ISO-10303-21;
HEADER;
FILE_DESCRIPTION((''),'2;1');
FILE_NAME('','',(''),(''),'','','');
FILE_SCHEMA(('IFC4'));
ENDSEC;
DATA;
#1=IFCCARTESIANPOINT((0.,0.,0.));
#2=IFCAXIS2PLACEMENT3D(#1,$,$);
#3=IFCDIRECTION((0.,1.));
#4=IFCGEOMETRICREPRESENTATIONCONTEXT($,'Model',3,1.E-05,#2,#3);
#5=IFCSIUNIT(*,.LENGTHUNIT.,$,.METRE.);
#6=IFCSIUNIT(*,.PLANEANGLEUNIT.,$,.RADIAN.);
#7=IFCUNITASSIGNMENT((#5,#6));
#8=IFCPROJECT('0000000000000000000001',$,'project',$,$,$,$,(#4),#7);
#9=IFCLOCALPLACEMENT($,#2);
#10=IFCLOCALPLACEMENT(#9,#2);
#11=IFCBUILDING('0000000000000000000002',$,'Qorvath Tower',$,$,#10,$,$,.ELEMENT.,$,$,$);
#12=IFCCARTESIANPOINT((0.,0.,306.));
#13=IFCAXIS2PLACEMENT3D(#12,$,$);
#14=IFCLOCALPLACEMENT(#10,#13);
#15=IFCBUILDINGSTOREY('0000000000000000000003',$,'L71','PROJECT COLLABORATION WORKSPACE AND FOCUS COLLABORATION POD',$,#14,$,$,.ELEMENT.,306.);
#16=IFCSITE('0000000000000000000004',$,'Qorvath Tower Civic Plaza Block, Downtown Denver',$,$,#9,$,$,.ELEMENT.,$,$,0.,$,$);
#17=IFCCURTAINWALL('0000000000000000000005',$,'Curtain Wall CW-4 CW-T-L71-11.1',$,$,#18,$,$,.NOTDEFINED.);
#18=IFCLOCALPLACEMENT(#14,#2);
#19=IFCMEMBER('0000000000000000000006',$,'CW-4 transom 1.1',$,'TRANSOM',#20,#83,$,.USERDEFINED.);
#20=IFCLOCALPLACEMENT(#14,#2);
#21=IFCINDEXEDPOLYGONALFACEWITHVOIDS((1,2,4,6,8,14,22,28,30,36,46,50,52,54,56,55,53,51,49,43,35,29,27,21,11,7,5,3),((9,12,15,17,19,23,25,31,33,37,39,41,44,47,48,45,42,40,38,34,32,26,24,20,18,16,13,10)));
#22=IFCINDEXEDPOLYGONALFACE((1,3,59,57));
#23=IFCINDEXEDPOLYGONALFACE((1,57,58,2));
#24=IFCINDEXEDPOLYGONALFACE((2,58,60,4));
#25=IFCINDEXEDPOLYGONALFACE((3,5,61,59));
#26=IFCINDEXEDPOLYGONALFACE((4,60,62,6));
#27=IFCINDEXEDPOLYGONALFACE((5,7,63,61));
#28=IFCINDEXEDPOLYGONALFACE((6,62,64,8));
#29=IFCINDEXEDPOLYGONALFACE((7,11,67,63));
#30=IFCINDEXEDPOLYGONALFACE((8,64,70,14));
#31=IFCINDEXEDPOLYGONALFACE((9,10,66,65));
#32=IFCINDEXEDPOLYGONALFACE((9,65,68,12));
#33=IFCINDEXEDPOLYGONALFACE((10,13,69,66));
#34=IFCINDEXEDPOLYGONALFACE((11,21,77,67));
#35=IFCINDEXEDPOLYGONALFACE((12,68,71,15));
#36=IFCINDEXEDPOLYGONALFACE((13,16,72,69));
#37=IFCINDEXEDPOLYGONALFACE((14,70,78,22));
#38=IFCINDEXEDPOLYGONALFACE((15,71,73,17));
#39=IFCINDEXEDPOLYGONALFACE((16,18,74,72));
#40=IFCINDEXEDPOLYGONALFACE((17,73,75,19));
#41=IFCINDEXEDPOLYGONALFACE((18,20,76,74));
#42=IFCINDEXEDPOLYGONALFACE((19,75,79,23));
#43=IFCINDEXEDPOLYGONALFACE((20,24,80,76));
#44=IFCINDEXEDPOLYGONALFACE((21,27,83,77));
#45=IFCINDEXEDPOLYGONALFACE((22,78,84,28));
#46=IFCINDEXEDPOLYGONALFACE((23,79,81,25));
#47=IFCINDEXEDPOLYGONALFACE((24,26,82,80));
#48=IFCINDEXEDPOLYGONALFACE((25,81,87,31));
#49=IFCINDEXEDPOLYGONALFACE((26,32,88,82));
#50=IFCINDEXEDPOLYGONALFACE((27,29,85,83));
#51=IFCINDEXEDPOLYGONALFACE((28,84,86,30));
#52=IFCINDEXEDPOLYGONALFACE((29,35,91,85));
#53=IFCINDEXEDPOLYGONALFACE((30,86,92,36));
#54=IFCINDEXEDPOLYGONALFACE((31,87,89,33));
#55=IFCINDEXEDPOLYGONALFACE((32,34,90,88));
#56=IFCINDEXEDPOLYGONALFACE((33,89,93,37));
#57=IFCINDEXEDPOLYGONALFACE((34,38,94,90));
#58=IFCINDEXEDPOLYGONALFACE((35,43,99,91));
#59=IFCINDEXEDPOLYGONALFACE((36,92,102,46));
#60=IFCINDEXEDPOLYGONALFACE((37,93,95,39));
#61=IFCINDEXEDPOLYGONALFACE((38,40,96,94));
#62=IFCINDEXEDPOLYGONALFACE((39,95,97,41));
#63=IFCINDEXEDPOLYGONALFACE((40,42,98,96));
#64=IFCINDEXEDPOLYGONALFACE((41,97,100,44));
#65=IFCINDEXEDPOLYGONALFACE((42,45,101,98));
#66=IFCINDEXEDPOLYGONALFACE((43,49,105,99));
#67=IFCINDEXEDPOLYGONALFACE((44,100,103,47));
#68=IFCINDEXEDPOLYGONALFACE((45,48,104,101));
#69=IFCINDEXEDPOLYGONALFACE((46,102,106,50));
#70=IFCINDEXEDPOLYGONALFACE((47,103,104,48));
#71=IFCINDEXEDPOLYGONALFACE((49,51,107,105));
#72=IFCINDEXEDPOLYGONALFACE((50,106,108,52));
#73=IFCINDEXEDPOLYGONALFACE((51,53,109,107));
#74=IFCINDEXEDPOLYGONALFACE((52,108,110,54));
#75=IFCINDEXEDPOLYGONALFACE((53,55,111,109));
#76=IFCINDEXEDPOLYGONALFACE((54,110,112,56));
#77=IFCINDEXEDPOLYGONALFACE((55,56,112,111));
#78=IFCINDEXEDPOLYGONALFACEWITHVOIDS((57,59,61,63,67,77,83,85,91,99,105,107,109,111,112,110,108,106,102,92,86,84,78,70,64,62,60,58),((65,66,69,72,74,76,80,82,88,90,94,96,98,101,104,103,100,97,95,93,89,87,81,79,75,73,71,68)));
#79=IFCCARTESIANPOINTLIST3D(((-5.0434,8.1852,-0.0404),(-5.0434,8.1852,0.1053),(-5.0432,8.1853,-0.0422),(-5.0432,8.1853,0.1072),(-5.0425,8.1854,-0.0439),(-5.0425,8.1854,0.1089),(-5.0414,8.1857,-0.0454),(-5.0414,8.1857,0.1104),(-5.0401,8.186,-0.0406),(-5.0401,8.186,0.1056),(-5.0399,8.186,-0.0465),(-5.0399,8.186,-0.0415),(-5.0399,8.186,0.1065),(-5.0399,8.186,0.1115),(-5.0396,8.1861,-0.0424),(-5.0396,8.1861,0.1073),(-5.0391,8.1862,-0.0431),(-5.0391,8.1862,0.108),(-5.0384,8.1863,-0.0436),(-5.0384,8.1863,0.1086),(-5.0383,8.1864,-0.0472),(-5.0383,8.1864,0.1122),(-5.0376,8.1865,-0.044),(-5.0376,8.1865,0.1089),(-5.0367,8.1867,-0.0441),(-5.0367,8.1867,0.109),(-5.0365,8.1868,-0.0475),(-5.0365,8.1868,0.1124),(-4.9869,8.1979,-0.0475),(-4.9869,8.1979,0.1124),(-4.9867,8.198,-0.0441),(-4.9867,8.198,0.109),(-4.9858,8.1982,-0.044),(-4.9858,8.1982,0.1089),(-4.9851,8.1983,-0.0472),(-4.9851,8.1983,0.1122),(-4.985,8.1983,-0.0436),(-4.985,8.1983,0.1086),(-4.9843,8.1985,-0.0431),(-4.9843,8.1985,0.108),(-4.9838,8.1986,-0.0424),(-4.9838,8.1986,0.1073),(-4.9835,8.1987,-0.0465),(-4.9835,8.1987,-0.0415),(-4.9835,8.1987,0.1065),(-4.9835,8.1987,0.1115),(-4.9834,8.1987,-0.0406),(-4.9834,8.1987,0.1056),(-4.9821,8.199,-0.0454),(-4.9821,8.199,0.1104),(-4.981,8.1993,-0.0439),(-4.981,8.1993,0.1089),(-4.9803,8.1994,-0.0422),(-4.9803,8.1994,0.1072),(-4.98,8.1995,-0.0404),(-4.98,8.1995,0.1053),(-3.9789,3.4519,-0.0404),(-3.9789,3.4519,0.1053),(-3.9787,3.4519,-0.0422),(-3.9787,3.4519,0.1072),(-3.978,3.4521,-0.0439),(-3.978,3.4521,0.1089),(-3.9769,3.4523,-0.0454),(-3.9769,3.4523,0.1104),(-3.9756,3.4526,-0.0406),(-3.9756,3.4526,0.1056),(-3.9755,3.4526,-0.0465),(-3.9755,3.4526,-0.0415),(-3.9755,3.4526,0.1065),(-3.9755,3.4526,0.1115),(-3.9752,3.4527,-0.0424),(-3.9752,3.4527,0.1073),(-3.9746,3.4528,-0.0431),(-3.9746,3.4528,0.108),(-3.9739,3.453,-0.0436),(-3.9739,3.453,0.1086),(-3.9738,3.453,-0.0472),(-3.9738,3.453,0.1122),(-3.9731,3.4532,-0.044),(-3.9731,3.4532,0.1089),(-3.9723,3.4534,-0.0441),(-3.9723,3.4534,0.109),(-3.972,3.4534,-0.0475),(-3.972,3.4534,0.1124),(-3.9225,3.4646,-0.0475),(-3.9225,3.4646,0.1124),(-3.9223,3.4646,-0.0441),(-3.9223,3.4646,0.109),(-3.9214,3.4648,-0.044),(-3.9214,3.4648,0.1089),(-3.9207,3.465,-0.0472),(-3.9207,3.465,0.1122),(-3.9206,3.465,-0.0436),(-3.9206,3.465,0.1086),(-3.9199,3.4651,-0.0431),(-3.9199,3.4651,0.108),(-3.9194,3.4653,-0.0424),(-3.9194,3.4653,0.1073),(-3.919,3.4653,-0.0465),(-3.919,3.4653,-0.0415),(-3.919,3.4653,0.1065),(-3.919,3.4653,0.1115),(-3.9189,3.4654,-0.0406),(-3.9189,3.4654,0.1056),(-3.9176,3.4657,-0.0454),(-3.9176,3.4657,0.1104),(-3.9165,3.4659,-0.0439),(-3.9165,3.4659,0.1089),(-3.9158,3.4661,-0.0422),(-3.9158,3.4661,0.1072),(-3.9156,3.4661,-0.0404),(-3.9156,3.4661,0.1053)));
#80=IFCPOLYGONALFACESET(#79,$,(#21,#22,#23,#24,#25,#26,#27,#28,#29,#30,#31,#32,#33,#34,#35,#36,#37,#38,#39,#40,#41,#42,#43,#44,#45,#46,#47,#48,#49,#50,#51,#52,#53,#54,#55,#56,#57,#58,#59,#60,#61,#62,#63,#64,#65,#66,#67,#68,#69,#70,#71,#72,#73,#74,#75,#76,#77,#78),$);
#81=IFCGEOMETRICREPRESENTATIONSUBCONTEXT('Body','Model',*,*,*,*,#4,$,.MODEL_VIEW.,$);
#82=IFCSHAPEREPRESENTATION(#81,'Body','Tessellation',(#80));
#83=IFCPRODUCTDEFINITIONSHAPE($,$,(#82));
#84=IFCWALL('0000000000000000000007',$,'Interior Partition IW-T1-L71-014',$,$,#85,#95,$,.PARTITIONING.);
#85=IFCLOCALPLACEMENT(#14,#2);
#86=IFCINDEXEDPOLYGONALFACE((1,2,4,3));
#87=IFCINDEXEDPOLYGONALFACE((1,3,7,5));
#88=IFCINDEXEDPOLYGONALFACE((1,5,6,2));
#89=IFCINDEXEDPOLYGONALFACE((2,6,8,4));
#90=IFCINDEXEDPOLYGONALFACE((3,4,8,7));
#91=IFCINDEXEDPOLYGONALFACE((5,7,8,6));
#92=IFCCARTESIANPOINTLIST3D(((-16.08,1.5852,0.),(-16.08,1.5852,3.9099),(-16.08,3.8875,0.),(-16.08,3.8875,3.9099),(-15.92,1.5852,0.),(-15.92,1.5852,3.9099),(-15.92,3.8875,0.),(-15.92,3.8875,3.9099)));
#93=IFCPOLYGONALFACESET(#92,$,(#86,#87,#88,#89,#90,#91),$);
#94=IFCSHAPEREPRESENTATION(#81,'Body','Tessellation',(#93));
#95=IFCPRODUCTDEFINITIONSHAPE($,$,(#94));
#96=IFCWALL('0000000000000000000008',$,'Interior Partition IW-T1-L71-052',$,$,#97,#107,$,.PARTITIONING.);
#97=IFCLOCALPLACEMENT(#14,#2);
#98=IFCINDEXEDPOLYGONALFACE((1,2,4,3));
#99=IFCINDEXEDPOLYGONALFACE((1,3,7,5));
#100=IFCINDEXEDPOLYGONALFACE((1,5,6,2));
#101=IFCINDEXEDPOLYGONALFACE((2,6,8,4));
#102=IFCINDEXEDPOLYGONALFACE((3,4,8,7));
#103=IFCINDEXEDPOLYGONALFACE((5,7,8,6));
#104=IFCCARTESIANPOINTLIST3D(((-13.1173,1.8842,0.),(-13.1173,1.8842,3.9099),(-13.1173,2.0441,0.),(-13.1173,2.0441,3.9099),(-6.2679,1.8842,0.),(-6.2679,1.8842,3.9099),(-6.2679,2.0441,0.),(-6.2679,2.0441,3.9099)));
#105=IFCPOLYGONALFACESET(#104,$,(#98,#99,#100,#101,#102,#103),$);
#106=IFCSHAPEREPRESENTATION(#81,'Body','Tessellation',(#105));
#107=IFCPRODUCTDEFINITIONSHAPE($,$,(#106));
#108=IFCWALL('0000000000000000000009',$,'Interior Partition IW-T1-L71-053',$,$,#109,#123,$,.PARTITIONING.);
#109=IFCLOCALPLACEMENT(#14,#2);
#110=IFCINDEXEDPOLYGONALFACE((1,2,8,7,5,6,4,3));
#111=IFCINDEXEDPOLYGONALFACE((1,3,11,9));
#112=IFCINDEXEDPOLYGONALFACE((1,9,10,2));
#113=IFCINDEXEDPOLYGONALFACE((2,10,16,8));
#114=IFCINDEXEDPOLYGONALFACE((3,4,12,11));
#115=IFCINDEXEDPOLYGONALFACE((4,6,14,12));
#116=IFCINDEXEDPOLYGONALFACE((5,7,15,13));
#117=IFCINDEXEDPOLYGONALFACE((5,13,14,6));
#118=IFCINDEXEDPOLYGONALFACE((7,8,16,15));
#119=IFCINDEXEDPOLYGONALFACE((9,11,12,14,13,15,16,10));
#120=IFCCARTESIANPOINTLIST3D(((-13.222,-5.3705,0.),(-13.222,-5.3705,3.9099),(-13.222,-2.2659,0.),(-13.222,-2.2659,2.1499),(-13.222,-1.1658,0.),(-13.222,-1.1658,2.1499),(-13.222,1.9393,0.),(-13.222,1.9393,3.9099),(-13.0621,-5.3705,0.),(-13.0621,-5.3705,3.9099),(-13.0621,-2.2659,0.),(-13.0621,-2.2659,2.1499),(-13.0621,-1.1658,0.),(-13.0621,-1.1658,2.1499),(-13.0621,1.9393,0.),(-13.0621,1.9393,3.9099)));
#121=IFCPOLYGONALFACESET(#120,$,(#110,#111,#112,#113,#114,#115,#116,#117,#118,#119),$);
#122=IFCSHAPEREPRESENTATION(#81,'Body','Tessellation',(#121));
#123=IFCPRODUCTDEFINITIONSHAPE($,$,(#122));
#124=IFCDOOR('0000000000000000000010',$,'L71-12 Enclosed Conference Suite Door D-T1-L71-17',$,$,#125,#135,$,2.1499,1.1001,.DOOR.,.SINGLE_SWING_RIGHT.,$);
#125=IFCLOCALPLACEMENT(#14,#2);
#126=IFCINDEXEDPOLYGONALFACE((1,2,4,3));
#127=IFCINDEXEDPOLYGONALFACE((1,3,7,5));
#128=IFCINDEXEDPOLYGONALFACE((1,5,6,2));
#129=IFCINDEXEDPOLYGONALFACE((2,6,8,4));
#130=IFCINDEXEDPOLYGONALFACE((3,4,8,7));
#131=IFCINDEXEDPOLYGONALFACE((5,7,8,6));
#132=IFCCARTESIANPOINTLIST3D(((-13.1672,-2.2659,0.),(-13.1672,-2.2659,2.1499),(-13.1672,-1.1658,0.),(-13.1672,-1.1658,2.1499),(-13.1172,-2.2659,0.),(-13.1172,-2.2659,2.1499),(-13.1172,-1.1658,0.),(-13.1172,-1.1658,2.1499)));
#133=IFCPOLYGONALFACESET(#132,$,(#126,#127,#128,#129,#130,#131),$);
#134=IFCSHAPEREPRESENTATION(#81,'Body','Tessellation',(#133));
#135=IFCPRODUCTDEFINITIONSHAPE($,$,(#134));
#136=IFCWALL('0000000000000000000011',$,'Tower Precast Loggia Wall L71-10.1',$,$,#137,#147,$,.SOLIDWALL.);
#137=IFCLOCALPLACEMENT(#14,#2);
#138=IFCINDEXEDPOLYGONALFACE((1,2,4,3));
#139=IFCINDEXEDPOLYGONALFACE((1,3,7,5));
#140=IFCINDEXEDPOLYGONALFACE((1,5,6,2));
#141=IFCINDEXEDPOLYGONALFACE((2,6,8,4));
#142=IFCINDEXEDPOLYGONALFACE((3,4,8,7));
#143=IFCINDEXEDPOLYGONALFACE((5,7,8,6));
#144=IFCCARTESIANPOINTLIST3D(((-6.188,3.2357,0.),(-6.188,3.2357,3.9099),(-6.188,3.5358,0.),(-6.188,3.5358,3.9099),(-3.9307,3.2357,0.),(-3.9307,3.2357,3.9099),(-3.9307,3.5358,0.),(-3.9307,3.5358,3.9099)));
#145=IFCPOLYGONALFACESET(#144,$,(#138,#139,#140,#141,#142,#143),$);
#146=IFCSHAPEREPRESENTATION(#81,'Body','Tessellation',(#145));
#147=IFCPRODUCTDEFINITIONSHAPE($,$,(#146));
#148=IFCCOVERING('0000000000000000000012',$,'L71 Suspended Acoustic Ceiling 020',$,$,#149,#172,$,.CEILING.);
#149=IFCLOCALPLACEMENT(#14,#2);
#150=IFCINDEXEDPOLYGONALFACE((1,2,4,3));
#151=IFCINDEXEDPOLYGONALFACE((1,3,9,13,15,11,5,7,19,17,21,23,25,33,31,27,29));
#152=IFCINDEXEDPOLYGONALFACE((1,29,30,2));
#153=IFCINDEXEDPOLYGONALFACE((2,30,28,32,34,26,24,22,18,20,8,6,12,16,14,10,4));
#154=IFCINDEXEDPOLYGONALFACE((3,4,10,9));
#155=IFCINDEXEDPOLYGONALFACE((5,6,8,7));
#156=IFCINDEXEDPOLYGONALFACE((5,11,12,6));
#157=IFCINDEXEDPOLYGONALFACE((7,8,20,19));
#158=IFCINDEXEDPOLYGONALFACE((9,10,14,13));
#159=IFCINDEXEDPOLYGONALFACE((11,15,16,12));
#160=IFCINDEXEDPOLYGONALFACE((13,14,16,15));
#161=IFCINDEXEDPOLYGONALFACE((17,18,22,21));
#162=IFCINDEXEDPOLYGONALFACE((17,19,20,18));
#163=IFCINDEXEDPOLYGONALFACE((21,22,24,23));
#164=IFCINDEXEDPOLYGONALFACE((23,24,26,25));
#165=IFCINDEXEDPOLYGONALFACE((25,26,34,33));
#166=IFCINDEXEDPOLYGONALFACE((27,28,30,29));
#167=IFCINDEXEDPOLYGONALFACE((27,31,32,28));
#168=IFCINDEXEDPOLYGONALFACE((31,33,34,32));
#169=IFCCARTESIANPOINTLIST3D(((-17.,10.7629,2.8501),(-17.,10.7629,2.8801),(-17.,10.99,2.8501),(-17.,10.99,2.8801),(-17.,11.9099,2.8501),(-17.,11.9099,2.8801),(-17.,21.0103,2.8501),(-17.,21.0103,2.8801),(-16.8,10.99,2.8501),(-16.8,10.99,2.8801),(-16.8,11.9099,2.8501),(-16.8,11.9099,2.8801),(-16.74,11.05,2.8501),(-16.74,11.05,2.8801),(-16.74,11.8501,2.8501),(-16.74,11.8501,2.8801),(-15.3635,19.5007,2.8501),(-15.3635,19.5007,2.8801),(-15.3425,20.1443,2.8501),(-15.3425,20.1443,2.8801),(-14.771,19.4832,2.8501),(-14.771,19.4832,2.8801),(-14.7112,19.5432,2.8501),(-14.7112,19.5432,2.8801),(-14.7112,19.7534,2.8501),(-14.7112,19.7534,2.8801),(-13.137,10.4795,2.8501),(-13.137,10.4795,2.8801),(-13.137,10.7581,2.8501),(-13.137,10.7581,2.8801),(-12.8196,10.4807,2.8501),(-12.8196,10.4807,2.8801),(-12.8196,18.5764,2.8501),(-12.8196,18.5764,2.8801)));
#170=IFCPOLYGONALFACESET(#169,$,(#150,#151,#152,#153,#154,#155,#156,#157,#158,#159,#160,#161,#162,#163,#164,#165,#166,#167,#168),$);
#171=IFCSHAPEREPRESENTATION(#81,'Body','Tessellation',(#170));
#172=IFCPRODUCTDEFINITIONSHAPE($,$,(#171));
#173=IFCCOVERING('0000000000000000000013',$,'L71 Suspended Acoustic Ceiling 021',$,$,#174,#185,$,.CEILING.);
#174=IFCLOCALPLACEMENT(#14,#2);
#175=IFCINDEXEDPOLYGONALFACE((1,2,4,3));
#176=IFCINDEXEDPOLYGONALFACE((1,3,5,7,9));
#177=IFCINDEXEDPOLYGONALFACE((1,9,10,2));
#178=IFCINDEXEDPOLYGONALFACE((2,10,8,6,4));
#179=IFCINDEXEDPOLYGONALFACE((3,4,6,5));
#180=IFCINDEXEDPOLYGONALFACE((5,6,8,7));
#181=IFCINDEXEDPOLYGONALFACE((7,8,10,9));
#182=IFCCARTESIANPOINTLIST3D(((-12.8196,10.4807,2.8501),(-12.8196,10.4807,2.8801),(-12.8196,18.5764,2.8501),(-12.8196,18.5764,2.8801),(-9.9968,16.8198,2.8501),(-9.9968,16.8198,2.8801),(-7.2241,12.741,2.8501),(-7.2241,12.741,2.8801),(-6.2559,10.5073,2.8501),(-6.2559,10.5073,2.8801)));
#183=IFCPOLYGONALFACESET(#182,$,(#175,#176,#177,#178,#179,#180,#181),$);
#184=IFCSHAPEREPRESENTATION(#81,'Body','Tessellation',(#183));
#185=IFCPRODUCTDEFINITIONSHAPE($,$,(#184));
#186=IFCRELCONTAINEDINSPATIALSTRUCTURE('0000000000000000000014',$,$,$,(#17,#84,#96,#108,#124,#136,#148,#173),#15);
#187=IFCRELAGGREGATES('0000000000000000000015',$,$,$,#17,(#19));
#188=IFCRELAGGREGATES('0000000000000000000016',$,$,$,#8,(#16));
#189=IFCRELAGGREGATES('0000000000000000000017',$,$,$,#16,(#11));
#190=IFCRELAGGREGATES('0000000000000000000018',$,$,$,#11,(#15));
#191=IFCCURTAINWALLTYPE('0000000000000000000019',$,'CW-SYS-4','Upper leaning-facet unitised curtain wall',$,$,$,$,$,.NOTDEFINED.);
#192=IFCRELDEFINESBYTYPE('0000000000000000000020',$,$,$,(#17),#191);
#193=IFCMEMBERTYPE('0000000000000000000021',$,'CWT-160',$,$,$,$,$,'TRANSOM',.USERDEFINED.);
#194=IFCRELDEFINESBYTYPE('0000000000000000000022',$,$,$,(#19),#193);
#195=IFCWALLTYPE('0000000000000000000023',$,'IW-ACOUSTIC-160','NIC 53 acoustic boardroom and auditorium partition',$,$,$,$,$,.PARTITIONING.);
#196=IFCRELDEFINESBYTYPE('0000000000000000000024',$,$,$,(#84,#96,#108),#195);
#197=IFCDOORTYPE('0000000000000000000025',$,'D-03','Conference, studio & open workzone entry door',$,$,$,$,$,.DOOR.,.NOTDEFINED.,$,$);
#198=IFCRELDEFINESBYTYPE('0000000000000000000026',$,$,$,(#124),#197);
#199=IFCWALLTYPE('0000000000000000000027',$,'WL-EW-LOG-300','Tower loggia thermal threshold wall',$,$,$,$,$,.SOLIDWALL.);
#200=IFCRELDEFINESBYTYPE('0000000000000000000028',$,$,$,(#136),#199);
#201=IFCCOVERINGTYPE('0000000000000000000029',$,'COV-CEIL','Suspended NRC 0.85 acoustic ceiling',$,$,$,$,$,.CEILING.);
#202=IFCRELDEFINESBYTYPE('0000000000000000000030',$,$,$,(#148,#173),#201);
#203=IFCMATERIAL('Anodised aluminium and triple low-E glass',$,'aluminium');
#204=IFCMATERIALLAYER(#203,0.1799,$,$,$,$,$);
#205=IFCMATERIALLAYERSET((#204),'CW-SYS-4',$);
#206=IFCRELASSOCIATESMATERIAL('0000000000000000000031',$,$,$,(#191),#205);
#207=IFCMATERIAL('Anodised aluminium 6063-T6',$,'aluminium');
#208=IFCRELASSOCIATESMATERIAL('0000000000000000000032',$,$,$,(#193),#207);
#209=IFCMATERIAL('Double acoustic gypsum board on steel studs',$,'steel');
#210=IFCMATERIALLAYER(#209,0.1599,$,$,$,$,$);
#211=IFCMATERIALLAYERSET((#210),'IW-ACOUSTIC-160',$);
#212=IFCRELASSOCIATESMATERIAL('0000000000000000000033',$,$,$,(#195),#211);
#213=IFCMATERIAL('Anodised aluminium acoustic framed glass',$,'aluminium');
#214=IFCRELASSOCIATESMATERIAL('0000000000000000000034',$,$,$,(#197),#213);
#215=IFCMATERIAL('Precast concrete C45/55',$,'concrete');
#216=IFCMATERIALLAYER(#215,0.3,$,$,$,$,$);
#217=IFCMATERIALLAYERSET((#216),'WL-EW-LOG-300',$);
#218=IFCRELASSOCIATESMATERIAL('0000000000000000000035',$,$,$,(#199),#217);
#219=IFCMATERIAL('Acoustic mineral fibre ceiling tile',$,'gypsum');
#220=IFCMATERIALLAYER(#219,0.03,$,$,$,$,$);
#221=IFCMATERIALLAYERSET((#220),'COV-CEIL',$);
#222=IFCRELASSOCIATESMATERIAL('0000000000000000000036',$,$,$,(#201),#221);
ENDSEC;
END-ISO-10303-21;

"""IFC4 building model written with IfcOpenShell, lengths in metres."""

from ifc_helpers import new_model, si_unit, direction, frame, frame_2d, origin, origin_2d, place, context, subcontext, project, spatial, polyline, rectangle, hollow_rectangle, outline, extrude, material, layer, layer_set, material_profile, profile_set, type_object, element, fill, aggregate, save


model = new_model("IFC4")

# Units and contexts
model_context = context("Model", 3, precision=1e-05, world=origin(), true_north=direction((0.0, 1.0)))
body_context = subcontext(model_context, "Body", "Model", "MODEL_VIEW")
ifc_project = project(units=[si_unit("LENGTHUNIT", "METRE"), si_unit("PLANEANGLEUNIT", "RADIAN")], contexts=[model_context])

# Site, building, storey
site_placement = place(None, origin())
site = spatial("IfcSite", under=ifc_project, at=site_placement, Name="Qorvath Tower Civic Plaza Block, Downtown Denver", CompositionType="ELEMENT", RefElevation=0.0)
building_placement = place(site_placement, origin())
building = spatial("IfcBuilding", under=site, at=building_placement, Name="Qorvath Tower", CompositionType="ELEMENT")
storey_placement = place(building_placement, frame((0.0, 0.0, 306.0)))
storey = spatial("IfcBuildingStorey", under=building, at=storey_placement, Name="L71", Description="PROJECT COLLABORATION WORKSPACE AND FOCUS COLLABORATION POD", CompositionType="ELEMENT", Elevation=306.0)

# Shared definitions
ifc_material_1 = material(Name="Anodised aluminium and triple low-E glass", Category="aluminium")
ifc_layer_1 = layer(ifc_material_1, 0.1799)
ifc_layer_set_1 = layer_set([ifc_layer_1], Name="CW-SYS-4")
curtain_wall_type = type_object("IfcCurtainWallType", Name="CW-SYS-4", Description="Upper leaning-facet unitised curtain wall", PredefinedType="NOTDEFINED", material=ifc_layer_set_1)

# Curtain wall, member
curtain_wall_1_placement = place(storey_placement, origin())
curtain_wall_1 = element("IfcCurtainWall", 1, at=curtain_wall_1_placement, inside=storey, type_object=curtain_wall_type, Name="Curtain Wall CW-4 CW-T-L71-11.1", PredefinedType="NOTDEFINED")
ifc_material_2 = material(Name="Anodised aluminium 6063-T6", Category="aluminium")
ifc_material_profile_1 = material_profile(ifc_material_2, hollow_rectangle(XDim=0.0649, YDim=0.1599, WallThickness=0.0034, InnerFilletRadius=0.0034, OuterFilletRadius=0.0071, at=origin_2d()), Name="CWT 160x65")
ifc_profile_set_1 = profile_set([ifc_material_profile_1], Name="Anodised aluminium 6063-T6")
member_type_1 = type_object("IfcMemberType", Name="CWT-160", ElementType="TRANSOM", PredefinedType="USERDEFINED", material=ifc_profile_set_1)
member_1_placement = place(storey_placement, frame((-3.9473, 3.459, 0.0325), z_axis=(-0.219402, 0.975635, 0.0), x_axis=(-0.975635, -0.219402, 0.0)))
member_1 = element("IfcMember", 2, at=member_1_placement, type_object=member_type_1, Name="CW-4 transom 1.1", ObjectType="TRANSOM", PredefinedType="USERDEFINED", context=body_context, shape_type="SweptSolid", body=[
    extrude(hollow_rectangle(XDim=0.0649, YDim=0.1599, WallThickness=0.0034, InnerFilletRadius=0.0034, OuterFilletRadius=0.0071, at=origin_2d()), origin(), (0.0, 0.0, 1.0), 4.8516),
])
aggregate(curtain_wall_1, [member_1])

# Walls
ifc_material_3 = material(Name="Double acoustic gypsum board on steel studs", Category="steel")
ifc_layer_2 = layer(ifc_material_3, 0.1599)
ifc_layer_set_2 = layer_set([ifc_layer_2], Name="IW-ACOUSTIC-160")
wall_type_1 = type_object("IfcWallType", Name="IW-ACOUSTIC-160", Description="NIC 53 acoustic boardroom and auditorium partition", PredefinedType="PARTITIONING", material=ifc_layer_set_2)
wall_1_placement = place(storey_placement, frame((-16.0, 1.5852, 0.0), z_axis=(0.0, 0.0, 1.0), x_axis=(0.0, 1.0, 0.0)))
element("IfcWall", 3, at=wall_1_placement, inside=storey, type_object=wall_type_1, Name="Interior Partition IW-T1-L71-014", PredefinedType="PARTITIONING", context=body_context, shape_type="SweptSolid", body=[
    extrude(rectangle(XDim=2.3022, YDim=0.1599, at=frame_2d((1.1511, 0.0))), origin(), (0.0, 0.0, 1.0), 3.9099),
])
wall_2_placement = place(storey_placement, frame((-6.2678, 1.9641, 0.0), z_axis=(0.0, 0.0, 1.0), x_axis=(-1.0, 0.0, 0.0)))
element("IfcWall", 4, at=wall_2_placement, inside=storey, type_object=wall_type_1, Name="Interior Partition IW-T1-L71-052", PredefinedType="PARTITIONING", context=body_context, shape_type="SweptSolid", body=[
    extrude(rectangle(XDim=6.8494, YDim=0.1599, at=frame_2d((3.4248, 0.0))), origin(), (0.0, 0.0, 1.0), 3.9099),
])

# Wall, opening, door
wall_3_placement = place(storey_placement, frame((-13.1421, 1.9392, 0.0), z_axis=(0.0, 0.0, 1.0), x_axis=(0.0, -1.0, 0.0)))
wall_3 = element("IfcWall", 5, at=wall_3_placement, inside=storey, type_object=wall_type_1, Name="Interior Partition IW-T1-L71-053", PredefinedType="PARTITIONING", context=body_context, shape_type="SweptSolid", body=[
    extrude(rectangle(XDim=7.3098, YDim=0.1599, at=frame_2d((3.6548, 0.0))), origin(), (0.0, 0.0, 1.0), 3.9099),
])
opening_placement = place(wall_3_placement, frame((3.105, 0.0, 0.0)))
opening = element("IfcOpeningElement", 6, at=opening_placement, cuts=wall_3, PredefinedType="OPENING", context=body_context, shape_type="SweptSolid", body=[
    extrude(rectangle(XDim=1.1001, YDim=2.1499, at=frame_2d((0.55, 1.075))), frame((0.0, 0.0898, 0.0), z_axis=(0.0, -1.0, 0.0), x_axis=(1.0, 0.0, 0.0)), (0.0, 0.0, 1.0), 0.1799),
])
ifc_material_4 = material(Name="Anodised aluminium acoustic framed glass", Category="aluminium")
door_type = type_object("IfcDoorType", Name="D-03", Description="Conference, studio & open workzone entry door", OperationType="NOTDEFINED", PredefinedType="DOOR", material=ifc_material_4)
door_placement = place(opening_placement, origin())
door = element("IfcDoor", 7, at=door_placement, inside=storey, type_object=door_type, Name="L71-12 Enclosed Conference Suite Door D-T1-L71-17", OperationType="SINGLE_SWING_RIGHT", OverallHeight=2.1499, OverallWidth=1.1001, PredefinedType="DOOR", context=body_context, shape_type="SweptSolid", body=[
    extrude(rectangle(XDim=1.1001, YDim=2.1499, at=frame_2d((0.55, 1.075))), frame((0.0, 0.0249, 0.0), z_axis=(0.0, -1.0, 0.0), x_axis=(1.0, 0.0, 0.0)), (0.0, 0.0, 1.0), 0.05),
])
fill(opening, door)

# Wall
ifc_material_5 = material(Name="Precast concrete C45/55", Category="concrete")
ifc_layer_3 = layer(ifc_material_5, 0.3)
ifc_layer_set_3 = layer_set([ifc_layer_3], Name="WL-EW-LOG-300")
wall_type_2 = type_object("IfcWallType", Name="WL-EW-LOG-300", Description="Tower loggia thermal threshold wall", PredefinedType="SOLIDWALL", material=ifc_layer_set_3)
wall_4_placement = place(storey_placement, frame((-6.188, 3.3857, 0.0), z_axis=(0.0, 0.0, 1.0), x_axis=(1.0, 0.0, 0.0)))
element("IfcWall", 8, at=wall_4_placement, inside=storey, type_object=wall_type_2, Name="Tower Precast Loggia Wall L71-10.1", PredefinedType="SOLIDWALL", context=body_context, shape_type="SweptSolid", body=[
    extrude(rectangle(XDim=2.2573, YDim=0.3, at=frame_2d((1.1287, 0.0))), origin(), (0.0, 0.0, 1.0), 3.9099),
])

# Coverings
ifc_material_6 = material(Name="Acoustic mineral fibre ceiling tile", Category="gypsum")
ifc_layer_4 = layer(ifc_material_6, 0.03)
ifc_layer_set_4 = layer_set([ifc_layer_4], Name="COV-CEIL")
covering_type_1 = type_object("IfcCoveringType", Name="COV-CEIL", Description="Suspended NRC 0.85 acoustic ceiling", PredefinedType="CEILING", material=ifc_layer_set_4)
covering_1_placement = place(storey_placement, frame((0.0, 0.0, 2.8501)))
element("IfcCovering", 9, at=covering_1_placement, inside=storey, type_object=covering_type_1, Name="L71 Suspended Acoustic Ceiling 020", PredefinedType="CEILING", context=body_context, shape_type="SweptSolid", body=[
    extrude(outline(polyline([(-13.137, 10.7581), (-13.137, 10.4795), (-12.8196, 10.4807), (-12.8196, 18.5764), (-14.7112, 19.7534), (-14.7112, 19.5432), (-14.771, 19.4832), (-15.3635, 19.5007), (-15.3425, 20.1443), (-17.0, 21.0103), (-17.0, 11.9099), (-16.8, 11.9099), (-16.74, 11.8501), (-16.74, 11.05), (-16.8, 10.99), (-17.0, 10.99), (-17.0, 10.7629), (-13.137, 10.7581)])), origin(), (0.0, 0.0, 1.0), 0.03),
])
covering_2_placement = place(storey_placement, frame((0.0, 0.0, 2.8501)))
element("IfcCovering", 10, at=covering_2_placement, inside=storey, type_object=covering_type_1, Name="L71 Suspended Acoustic Ceiling 021", PredefinedType="CEILING", context=body_context, shape_type="SweptSolid", body=[
    extrude(outline(polyline([(-12.8196, 18.5764), (-12.8196, 10.4807), (-6.2559, 10.5073), (-7.2241, 12.741), (-9.9968, 16.8198), (-12.8196, 18.5764)])), origin(), (0.0, 0.0, 1.0), 0.03),
])

save(model, "model.ifc")
